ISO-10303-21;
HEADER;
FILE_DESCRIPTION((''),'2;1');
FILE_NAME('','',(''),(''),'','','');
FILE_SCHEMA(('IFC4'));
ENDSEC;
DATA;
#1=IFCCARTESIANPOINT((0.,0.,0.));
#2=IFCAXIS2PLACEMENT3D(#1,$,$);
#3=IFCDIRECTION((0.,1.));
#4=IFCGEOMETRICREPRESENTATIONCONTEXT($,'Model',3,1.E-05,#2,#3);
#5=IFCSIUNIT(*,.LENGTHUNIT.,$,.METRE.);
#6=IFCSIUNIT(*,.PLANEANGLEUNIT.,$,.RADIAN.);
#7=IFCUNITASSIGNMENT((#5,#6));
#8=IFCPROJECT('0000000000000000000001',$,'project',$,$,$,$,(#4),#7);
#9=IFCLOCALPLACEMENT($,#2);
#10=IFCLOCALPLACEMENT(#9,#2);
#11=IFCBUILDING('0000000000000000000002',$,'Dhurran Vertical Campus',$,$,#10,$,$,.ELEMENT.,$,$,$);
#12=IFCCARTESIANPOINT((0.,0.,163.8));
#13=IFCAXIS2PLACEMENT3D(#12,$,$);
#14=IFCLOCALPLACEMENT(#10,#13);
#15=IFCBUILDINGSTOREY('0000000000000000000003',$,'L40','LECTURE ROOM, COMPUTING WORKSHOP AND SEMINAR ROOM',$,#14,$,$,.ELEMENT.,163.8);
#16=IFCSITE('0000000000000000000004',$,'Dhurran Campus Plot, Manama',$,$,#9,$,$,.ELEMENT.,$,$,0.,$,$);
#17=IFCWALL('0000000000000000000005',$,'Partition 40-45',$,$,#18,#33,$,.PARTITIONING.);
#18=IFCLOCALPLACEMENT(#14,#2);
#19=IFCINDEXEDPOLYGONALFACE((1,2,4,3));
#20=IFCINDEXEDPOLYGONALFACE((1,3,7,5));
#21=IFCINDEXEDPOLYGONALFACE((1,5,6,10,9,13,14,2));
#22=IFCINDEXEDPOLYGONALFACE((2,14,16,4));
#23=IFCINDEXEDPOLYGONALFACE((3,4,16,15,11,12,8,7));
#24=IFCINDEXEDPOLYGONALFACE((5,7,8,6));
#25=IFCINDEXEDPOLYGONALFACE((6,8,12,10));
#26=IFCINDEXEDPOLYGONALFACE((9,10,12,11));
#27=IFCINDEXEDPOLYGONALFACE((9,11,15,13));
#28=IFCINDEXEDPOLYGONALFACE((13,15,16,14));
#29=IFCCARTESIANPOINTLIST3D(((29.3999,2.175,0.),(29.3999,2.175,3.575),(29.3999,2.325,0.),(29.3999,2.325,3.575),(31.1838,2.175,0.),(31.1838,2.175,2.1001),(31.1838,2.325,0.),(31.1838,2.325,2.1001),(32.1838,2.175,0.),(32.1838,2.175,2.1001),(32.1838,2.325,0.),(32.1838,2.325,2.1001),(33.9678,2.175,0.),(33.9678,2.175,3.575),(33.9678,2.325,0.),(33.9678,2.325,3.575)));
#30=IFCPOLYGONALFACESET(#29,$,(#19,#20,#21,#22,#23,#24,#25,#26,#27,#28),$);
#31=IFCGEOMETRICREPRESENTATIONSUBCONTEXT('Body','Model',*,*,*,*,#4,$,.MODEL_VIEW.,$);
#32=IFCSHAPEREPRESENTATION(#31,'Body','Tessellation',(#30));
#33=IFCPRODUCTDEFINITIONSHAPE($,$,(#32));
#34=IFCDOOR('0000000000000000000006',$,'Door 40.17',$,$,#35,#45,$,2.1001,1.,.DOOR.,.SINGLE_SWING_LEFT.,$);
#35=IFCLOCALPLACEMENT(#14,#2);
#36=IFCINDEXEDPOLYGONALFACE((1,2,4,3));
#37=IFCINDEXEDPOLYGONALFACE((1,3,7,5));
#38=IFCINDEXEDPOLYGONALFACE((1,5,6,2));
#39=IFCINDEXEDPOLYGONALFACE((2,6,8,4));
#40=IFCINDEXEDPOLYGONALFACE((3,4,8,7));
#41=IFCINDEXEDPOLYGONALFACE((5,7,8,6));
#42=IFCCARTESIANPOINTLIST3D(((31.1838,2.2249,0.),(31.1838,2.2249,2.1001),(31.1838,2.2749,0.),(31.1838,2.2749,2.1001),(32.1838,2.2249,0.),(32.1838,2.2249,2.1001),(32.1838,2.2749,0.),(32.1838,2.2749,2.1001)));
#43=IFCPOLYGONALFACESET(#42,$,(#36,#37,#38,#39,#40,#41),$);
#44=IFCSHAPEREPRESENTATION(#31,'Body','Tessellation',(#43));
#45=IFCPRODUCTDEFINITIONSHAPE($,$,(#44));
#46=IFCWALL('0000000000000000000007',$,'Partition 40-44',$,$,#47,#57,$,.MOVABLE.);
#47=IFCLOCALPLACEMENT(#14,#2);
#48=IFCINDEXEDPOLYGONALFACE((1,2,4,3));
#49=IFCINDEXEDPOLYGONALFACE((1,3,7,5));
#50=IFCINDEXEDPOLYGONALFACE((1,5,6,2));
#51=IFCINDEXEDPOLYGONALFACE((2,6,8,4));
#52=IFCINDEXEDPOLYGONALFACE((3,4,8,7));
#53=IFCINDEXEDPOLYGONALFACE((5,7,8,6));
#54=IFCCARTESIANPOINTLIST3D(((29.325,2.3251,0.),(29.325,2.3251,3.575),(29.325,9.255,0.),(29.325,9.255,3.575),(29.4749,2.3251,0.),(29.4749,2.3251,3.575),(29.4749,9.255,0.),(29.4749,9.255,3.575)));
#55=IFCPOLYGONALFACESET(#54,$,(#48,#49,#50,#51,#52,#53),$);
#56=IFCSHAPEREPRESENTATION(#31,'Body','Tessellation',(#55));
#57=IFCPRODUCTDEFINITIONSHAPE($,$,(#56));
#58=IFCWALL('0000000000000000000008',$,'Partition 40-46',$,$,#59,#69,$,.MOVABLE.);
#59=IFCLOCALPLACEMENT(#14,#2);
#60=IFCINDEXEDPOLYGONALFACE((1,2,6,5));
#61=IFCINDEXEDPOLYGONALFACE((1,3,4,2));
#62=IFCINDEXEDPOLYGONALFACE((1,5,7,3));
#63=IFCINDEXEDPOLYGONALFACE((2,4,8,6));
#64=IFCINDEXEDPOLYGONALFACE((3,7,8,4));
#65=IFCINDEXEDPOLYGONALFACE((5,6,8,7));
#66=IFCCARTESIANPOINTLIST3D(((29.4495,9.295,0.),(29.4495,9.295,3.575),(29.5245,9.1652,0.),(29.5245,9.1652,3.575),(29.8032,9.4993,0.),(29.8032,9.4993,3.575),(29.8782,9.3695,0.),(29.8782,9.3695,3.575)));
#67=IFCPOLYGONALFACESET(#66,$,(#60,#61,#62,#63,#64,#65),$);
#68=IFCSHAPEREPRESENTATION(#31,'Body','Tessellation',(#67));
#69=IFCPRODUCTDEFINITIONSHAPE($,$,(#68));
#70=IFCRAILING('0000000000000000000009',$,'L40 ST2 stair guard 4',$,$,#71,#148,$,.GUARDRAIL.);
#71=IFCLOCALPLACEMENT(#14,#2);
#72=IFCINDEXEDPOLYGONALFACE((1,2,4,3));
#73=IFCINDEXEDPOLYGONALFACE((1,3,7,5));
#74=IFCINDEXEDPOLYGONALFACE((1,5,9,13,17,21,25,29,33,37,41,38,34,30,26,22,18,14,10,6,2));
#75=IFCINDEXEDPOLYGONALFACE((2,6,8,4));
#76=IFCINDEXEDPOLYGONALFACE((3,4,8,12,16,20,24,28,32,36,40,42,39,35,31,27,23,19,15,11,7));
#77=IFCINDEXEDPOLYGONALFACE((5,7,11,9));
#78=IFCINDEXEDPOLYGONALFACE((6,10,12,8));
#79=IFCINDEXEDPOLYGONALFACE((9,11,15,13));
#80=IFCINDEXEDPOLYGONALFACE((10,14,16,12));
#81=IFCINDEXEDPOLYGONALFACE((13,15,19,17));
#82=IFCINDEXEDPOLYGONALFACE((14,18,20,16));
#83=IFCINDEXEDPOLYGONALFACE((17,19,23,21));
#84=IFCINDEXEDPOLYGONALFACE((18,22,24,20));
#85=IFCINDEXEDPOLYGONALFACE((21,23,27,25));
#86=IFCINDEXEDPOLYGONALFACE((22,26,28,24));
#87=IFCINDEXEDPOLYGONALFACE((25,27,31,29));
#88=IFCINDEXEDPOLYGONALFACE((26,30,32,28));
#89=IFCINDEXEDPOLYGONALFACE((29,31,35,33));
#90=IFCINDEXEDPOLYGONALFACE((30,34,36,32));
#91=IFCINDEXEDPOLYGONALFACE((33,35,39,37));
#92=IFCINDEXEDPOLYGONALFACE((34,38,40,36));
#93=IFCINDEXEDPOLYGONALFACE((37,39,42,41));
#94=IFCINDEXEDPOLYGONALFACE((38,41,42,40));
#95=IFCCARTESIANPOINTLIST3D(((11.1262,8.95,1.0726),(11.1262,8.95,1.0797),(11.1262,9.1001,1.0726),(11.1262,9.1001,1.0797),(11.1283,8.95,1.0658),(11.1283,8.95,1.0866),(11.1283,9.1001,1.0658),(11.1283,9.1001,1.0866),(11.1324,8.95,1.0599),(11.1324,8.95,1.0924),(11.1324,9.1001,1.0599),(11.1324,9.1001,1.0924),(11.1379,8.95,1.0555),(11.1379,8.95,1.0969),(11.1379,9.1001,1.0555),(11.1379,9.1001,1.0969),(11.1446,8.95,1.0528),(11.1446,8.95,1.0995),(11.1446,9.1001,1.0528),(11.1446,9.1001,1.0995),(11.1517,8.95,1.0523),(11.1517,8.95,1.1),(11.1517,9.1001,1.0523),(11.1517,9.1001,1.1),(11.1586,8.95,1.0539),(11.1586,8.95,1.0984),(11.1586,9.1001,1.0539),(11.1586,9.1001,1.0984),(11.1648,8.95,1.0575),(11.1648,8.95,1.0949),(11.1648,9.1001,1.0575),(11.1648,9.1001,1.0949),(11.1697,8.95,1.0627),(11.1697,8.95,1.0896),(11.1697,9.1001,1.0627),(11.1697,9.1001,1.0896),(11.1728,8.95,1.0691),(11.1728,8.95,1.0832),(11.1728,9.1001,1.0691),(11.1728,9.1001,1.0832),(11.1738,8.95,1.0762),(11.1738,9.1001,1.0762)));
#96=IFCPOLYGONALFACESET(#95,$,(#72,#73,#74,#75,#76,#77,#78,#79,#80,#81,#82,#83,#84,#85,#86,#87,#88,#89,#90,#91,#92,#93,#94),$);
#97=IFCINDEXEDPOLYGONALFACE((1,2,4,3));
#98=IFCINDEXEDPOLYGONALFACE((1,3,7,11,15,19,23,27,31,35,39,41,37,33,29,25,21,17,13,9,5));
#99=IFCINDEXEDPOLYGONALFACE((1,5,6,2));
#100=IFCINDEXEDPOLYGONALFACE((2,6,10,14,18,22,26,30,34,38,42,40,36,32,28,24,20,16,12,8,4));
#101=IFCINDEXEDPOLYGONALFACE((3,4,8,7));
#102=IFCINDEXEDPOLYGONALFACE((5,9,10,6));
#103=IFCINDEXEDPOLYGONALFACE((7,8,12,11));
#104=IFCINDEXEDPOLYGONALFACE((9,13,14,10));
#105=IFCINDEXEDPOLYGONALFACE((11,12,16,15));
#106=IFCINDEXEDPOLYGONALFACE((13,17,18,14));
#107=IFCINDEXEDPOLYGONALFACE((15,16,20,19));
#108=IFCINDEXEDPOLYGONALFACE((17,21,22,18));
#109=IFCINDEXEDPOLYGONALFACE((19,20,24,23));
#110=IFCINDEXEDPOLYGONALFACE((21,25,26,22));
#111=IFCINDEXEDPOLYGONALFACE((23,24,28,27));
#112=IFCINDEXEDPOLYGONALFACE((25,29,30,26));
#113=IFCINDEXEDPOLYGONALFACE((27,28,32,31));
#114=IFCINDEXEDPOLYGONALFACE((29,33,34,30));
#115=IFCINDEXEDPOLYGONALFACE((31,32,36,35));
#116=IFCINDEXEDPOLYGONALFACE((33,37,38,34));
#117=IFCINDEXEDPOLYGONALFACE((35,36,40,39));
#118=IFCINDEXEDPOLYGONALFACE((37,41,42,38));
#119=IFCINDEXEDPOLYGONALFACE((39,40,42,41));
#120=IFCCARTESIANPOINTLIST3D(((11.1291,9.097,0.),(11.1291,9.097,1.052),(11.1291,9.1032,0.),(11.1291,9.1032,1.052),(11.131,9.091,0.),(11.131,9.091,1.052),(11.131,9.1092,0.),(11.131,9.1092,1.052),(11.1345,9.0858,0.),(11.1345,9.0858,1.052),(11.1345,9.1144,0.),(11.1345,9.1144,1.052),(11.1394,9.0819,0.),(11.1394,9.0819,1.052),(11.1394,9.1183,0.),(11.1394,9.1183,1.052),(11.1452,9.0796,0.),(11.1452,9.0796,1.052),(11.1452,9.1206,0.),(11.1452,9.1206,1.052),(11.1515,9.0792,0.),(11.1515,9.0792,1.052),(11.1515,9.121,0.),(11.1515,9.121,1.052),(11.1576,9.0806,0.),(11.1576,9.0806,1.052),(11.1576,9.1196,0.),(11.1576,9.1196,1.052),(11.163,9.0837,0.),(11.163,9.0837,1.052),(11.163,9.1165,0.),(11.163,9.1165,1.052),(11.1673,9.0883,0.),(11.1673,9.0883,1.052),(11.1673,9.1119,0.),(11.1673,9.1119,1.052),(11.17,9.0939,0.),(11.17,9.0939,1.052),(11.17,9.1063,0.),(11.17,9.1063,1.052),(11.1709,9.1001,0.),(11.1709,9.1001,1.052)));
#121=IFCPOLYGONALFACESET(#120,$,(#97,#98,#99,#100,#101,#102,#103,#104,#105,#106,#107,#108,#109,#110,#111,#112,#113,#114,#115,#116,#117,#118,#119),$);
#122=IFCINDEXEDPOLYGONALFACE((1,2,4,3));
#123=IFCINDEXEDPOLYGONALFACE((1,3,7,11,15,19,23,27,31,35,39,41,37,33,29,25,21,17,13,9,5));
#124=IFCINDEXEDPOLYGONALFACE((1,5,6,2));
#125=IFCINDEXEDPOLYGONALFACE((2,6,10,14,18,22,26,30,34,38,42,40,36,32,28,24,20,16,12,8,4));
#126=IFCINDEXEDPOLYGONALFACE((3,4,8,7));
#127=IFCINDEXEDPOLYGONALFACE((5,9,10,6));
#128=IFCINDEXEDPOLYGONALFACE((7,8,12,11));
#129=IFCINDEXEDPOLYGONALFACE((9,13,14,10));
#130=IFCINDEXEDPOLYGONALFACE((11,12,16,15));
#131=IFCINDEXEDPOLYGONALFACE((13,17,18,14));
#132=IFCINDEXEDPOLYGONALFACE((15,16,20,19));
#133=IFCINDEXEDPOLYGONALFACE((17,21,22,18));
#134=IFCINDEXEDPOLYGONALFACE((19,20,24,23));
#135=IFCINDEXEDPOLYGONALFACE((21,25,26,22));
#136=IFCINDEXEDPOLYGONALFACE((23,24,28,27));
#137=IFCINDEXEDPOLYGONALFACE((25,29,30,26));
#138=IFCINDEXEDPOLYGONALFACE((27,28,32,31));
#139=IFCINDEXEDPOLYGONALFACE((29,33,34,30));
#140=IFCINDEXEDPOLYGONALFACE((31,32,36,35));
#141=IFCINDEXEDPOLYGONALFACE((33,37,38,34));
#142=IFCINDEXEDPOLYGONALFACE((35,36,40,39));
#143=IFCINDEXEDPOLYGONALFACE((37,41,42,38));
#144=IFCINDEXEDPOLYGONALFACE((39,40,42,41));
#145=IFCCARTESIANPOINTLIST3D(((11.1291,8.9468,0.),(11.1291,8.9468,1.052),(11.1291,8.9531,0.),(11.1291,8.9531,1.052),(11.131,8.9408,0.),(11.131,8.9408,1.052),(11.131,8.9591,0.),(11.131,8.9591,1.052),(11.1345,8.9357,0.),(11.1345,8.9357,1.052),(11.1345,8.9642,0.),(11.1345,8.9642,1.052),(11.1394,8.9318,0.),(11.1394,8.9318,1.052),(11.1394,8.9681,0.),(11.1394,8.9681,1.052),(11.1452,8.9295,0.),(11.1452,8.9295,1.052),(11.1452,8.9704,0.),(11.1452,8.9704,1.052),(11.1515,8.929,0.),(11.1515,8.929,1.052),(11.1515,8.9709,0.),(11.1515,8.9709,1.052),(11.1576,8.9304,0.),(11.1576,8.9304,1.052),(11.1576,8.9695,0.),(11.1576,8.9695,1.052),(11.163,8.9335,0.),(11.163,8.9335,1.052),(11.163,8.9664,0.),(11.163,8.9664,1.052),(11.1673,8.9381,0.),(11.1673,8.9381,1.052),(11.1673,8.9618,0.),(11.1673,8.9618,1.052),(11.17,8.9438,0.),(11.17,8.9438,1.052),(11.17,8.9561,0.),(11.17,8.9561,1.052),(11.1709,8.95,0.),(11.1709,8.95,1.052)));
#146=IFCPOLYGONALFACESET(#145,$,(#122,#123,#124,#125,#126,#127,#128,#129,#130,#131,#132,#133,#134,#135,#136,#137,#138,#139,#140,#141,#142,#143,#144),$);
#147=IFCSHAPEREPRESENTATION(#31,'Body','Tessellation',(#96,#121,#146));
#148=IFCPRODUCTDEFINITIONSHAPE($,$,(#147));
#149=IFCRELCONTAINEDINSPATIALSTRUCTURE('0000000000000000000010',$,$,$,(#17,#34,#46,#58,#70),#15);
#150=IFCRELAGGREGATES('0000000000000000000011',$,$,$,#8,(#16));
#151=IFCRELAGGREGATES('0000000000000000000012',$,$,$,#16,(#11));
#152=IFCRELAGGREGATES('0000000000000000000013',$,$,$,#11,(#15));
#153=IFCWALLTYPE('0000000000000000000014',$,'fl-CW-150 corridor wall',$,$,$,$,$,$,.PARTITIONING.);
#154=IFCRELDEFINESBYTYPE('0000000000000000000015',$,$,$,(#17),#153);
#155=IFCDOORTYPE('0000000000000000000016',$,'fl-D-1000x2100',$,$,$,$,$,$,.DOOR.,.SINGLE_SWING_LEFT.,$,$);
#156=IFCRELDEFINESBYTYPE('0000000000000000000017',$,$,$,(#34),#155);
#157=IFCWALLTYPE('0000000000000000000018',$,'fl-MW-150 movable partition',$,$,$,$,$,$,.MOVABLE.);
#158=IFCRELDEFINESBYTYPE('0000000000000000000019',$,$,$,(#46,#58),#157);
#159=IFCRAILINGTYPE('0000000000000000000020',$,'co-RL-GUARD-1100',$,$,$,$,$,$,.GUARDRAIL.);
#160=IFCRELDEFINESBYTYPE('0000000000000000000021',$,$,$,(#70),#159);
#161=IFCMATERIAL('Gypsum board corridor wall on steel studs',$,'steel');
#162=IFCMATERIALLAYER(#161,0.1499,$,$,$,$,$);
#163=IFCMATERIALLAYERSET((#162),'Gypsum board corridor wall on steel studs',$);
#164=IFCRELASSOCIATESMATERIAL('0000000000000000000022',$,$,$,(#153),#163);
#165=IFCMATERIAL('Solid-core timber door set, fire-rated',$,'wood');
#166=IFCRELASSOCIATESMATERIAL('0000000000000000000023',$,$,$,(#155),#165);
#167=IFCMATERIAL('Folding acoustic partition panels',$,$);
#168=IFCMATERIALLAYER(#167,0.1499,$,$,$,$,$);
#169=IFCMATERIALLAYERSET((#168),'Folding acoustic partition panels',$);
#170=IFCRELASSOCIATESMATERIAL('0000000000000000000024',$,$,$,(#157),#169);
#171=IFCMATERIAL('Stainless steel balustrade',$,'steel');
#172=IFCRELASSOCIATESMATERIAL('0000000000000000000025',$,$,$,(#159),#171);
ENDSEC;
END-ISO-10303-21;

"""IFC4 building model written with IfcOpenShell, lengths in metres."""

from ifc_helpers import new_model, si_unit, direction, frame, frame_2d, origin, origin_2d, place, context, subcontext, project, spatial, rectangle, circle, extrude, material, layer, layer_set, type_object, element, fill, save


model = new_model("IFC4")

# Units and contexts
model_context = context("Model", 3, precision=1e-05, world=origin(), true_north=direction((0.0, 1.0)))
body_context = subcontext(model_context, "Body", "Model", "MODEL_VIEW")
ifc_project = project(units=[si_unit("LENGTHUNIT", "METRE"), si_unit("PLANEANGLEUNIT", "RADIAN")], contexts=[model_context])

# Site, building, storey
site_placement = place(None, origin())
site = spatial("IfcSite", under=ifc_project, at=site_placement, Name="Dhurran Campus Plot, Manama", CompositionType="ELEMENT", RefElevation=0.0)
building_placement = place(site_placement, origin())
building = spatial("IfcBuilding", under=site, at=building_placement, Name="Dhurran Vertical Campus", CompositionType="ELEMENT")
storey_placement = place(building_placement, frame((0.0, 0.0, 163.8)))
storey = spatial("IfcBuildingStorey", under=building, at=storey_placement, Name="L40", Description="LECTURE ROOM, COMPUTING WORKSHOP AND SEMINAR ROOM", CompositionType="ELEMENT", Elevation=163.8)

# Shared definitions
ifc_material_1 = material(Name="Gypsum board corridor wall on steel studs", Category="steel")
ifc_layer_1 = layer(ifc_material_1, 0.1499)
ifc_layer_set_1 = layer_set([ifc_layer_1], Name="Gypsum board corridor wall on steel studs")
wall_type_1 = type_object("IfcWallType", Name="fl-CW-150 corridor wall", PredefinedType="PARTITIONING", material=ifc_layer_set_1)
ifc_material_2 = material(Name="Solid-core timber door set, fire-rated", Category="wood")
door_type_1 = type_object("IfcDoorType", Name="fl-D-1000x2100", OperationType="SINGLE_SWING_LEFT", PredefinedType="DOOR", material=ifc_material_2)

# Wall, opening, door
wall_1_placement = place(storey_placement, frame((29.3999, 2.25, 0.0), z_axis=(0.0, 0.0, 1.0), x_axis=(1.0, 0.0, 0.0)))
wall_1 = element("IfcWall", 1, at=wall_1_placement, inside=storey, type_object=wall_type_1, Name="Partition 40-45", PredefinedType="PARTITIONING", context=body_context, shape_type="SweptSolid", body=[
    extrude(rectangle(XDim=4.5679, YDim=0.1499, at=frame_2d((2.2839, 0.0))), origin(), (0.0, 0.0, 1.0), 3.575),
])
opening_1_placement = place(wall_1_placement, frame((1.7839, 0.0, 0.0)))
opening_1 = element("IfcOpeningElement", 2, at=opening_1_placement, cuts=wall_1, PredefinedType="OPENING", context=body_context, shape_type="SweptSolid", body=[
    extrude(rectangle(XDim=1.0, YDim=2.1001, at=frame_2d((0.5, 1.05))), frame((0.0, 0.085, 0.0), z_axis=(0.0, -1.0, 0.0), x_axis=(1.0, 0.0, 0.0)), (0.0, 0.0, 1.0), 0.1699),
])
door_1_placement = place(opening_1_placement, origin())
door_1 = element("IfcDoor", 3, at=door_1_placement, inside=storey, type_object=door_type_1, Name="Door 40.17", OperationType="SINGLE_SWING_LEFT", OverallHeight=2.1001, OverallWidth=1.0, PredefinedType="DOOR", context=body_context, shape_type="SweptSolid", body=[
    extrude(rectangle(XDim=1.0, YDim=2.1001, at=frame_2d((0.5, 1.05))), frame((0.0, 0.0249, 0.0), z_axis=(0.0, -1.0, 0.0), x_axis=(1.0, 0.0, 0.0)), (0.0, 0.0, 1.0), 0.05),
])
fill(opening_1, door_1)

# Walls
ifc_material_3 = material(Name="Folding acoustic partition panels")
ifc_layer_2 = layer(ifc_material_3, 0.1499)
ifc_layer_set_2 = layer_set([ifc_layer_2], Name="Folding acoustic partition panels")
wall_type_2 = type_object("IfcWallType", Name="fl-MW-150 movable partition", PredefinedType="MOVABLE", material=ifc_layer_set_2)
wall_2_placement = place(storey_placement, frame((29.3999, 9.2549, 0.0), z_axis=(0.0, 0.0, 1.0), x_axis=(0.0, -1.0, 0.0)))
element("IfcWall", 4, at=wall_2_placement, inside=storey, type_object=wall_type_2, Name="Partition 40-44", PredefinedType="MOVABLE", context=body_context, shape_type="SweptSolid", body=[
    extrude(rectangle(XDim=6.9299, YDim=0.1499, at=frame_2d((3.4648, 0.0))), origin(), (0.0, 0.0, 1.0), 3.575),
])
wall_3_placement = place(storey_placement, frame((29.8406, 9.4343, 0.0), z_axis=(0.0, 0.0, 1.0), x_axis=(-0.865917, -0.500188, 0.0)))
element("IfcWall", 5, at=wall_3_placement, inside=storey, type_object=wall_type_2, Name="Partition 40-46", PredefinedType="MOVABLE", context=body_context, shape_type="SweptSolid", body=[
    extrude(rectangle(XDim=0.4084, YDim=0.1499, at=frame_2d((0.2041, 0.0))), origin(), (0.0, 0.0, 1.0), 3.575),
])

# Railing
ifc_material_4 = material(Name="Stainless steel balustrade", Category="steel")
railing_type = type_object("IfcRailingType", Name="co-RL-GUARD-1100", PredefinedType="GUARDRAIL", material=ifc_material_4)
railing_placement = place(storey_placement, frame((11.1499, 9.1001, 0.0)))
element("IfcRailing", 6, at=railing_placement, inside=storey, type_object=railing_type, Name="L40 ST2 stair guard 4", PredefinedType="GUARDRAIL", context=body_context, shape_type="SweptSolid", body=[
    extrude(circle(Radius=0.0239, at=origin_2d()), frame((0.0, 0.0, 1.0762), z_axis=(0.0, -1.0, 0.0), x_axis=(1.0, 0.0, 0.0)), (0.0, 0.0, 1.0), 0.1501),
    extrude(circle(Radius=0.021, at=origin_2d()), origin(), (0.0, 0.0, 1.0), 1.052),
    extrude(circle(Radius=0.021, at=origin_2d()), frame((0.0, -0.1501, 0.0)), (0.0, 0.0, 1.0), 1.052),
])

save(model, "model.ifc")
